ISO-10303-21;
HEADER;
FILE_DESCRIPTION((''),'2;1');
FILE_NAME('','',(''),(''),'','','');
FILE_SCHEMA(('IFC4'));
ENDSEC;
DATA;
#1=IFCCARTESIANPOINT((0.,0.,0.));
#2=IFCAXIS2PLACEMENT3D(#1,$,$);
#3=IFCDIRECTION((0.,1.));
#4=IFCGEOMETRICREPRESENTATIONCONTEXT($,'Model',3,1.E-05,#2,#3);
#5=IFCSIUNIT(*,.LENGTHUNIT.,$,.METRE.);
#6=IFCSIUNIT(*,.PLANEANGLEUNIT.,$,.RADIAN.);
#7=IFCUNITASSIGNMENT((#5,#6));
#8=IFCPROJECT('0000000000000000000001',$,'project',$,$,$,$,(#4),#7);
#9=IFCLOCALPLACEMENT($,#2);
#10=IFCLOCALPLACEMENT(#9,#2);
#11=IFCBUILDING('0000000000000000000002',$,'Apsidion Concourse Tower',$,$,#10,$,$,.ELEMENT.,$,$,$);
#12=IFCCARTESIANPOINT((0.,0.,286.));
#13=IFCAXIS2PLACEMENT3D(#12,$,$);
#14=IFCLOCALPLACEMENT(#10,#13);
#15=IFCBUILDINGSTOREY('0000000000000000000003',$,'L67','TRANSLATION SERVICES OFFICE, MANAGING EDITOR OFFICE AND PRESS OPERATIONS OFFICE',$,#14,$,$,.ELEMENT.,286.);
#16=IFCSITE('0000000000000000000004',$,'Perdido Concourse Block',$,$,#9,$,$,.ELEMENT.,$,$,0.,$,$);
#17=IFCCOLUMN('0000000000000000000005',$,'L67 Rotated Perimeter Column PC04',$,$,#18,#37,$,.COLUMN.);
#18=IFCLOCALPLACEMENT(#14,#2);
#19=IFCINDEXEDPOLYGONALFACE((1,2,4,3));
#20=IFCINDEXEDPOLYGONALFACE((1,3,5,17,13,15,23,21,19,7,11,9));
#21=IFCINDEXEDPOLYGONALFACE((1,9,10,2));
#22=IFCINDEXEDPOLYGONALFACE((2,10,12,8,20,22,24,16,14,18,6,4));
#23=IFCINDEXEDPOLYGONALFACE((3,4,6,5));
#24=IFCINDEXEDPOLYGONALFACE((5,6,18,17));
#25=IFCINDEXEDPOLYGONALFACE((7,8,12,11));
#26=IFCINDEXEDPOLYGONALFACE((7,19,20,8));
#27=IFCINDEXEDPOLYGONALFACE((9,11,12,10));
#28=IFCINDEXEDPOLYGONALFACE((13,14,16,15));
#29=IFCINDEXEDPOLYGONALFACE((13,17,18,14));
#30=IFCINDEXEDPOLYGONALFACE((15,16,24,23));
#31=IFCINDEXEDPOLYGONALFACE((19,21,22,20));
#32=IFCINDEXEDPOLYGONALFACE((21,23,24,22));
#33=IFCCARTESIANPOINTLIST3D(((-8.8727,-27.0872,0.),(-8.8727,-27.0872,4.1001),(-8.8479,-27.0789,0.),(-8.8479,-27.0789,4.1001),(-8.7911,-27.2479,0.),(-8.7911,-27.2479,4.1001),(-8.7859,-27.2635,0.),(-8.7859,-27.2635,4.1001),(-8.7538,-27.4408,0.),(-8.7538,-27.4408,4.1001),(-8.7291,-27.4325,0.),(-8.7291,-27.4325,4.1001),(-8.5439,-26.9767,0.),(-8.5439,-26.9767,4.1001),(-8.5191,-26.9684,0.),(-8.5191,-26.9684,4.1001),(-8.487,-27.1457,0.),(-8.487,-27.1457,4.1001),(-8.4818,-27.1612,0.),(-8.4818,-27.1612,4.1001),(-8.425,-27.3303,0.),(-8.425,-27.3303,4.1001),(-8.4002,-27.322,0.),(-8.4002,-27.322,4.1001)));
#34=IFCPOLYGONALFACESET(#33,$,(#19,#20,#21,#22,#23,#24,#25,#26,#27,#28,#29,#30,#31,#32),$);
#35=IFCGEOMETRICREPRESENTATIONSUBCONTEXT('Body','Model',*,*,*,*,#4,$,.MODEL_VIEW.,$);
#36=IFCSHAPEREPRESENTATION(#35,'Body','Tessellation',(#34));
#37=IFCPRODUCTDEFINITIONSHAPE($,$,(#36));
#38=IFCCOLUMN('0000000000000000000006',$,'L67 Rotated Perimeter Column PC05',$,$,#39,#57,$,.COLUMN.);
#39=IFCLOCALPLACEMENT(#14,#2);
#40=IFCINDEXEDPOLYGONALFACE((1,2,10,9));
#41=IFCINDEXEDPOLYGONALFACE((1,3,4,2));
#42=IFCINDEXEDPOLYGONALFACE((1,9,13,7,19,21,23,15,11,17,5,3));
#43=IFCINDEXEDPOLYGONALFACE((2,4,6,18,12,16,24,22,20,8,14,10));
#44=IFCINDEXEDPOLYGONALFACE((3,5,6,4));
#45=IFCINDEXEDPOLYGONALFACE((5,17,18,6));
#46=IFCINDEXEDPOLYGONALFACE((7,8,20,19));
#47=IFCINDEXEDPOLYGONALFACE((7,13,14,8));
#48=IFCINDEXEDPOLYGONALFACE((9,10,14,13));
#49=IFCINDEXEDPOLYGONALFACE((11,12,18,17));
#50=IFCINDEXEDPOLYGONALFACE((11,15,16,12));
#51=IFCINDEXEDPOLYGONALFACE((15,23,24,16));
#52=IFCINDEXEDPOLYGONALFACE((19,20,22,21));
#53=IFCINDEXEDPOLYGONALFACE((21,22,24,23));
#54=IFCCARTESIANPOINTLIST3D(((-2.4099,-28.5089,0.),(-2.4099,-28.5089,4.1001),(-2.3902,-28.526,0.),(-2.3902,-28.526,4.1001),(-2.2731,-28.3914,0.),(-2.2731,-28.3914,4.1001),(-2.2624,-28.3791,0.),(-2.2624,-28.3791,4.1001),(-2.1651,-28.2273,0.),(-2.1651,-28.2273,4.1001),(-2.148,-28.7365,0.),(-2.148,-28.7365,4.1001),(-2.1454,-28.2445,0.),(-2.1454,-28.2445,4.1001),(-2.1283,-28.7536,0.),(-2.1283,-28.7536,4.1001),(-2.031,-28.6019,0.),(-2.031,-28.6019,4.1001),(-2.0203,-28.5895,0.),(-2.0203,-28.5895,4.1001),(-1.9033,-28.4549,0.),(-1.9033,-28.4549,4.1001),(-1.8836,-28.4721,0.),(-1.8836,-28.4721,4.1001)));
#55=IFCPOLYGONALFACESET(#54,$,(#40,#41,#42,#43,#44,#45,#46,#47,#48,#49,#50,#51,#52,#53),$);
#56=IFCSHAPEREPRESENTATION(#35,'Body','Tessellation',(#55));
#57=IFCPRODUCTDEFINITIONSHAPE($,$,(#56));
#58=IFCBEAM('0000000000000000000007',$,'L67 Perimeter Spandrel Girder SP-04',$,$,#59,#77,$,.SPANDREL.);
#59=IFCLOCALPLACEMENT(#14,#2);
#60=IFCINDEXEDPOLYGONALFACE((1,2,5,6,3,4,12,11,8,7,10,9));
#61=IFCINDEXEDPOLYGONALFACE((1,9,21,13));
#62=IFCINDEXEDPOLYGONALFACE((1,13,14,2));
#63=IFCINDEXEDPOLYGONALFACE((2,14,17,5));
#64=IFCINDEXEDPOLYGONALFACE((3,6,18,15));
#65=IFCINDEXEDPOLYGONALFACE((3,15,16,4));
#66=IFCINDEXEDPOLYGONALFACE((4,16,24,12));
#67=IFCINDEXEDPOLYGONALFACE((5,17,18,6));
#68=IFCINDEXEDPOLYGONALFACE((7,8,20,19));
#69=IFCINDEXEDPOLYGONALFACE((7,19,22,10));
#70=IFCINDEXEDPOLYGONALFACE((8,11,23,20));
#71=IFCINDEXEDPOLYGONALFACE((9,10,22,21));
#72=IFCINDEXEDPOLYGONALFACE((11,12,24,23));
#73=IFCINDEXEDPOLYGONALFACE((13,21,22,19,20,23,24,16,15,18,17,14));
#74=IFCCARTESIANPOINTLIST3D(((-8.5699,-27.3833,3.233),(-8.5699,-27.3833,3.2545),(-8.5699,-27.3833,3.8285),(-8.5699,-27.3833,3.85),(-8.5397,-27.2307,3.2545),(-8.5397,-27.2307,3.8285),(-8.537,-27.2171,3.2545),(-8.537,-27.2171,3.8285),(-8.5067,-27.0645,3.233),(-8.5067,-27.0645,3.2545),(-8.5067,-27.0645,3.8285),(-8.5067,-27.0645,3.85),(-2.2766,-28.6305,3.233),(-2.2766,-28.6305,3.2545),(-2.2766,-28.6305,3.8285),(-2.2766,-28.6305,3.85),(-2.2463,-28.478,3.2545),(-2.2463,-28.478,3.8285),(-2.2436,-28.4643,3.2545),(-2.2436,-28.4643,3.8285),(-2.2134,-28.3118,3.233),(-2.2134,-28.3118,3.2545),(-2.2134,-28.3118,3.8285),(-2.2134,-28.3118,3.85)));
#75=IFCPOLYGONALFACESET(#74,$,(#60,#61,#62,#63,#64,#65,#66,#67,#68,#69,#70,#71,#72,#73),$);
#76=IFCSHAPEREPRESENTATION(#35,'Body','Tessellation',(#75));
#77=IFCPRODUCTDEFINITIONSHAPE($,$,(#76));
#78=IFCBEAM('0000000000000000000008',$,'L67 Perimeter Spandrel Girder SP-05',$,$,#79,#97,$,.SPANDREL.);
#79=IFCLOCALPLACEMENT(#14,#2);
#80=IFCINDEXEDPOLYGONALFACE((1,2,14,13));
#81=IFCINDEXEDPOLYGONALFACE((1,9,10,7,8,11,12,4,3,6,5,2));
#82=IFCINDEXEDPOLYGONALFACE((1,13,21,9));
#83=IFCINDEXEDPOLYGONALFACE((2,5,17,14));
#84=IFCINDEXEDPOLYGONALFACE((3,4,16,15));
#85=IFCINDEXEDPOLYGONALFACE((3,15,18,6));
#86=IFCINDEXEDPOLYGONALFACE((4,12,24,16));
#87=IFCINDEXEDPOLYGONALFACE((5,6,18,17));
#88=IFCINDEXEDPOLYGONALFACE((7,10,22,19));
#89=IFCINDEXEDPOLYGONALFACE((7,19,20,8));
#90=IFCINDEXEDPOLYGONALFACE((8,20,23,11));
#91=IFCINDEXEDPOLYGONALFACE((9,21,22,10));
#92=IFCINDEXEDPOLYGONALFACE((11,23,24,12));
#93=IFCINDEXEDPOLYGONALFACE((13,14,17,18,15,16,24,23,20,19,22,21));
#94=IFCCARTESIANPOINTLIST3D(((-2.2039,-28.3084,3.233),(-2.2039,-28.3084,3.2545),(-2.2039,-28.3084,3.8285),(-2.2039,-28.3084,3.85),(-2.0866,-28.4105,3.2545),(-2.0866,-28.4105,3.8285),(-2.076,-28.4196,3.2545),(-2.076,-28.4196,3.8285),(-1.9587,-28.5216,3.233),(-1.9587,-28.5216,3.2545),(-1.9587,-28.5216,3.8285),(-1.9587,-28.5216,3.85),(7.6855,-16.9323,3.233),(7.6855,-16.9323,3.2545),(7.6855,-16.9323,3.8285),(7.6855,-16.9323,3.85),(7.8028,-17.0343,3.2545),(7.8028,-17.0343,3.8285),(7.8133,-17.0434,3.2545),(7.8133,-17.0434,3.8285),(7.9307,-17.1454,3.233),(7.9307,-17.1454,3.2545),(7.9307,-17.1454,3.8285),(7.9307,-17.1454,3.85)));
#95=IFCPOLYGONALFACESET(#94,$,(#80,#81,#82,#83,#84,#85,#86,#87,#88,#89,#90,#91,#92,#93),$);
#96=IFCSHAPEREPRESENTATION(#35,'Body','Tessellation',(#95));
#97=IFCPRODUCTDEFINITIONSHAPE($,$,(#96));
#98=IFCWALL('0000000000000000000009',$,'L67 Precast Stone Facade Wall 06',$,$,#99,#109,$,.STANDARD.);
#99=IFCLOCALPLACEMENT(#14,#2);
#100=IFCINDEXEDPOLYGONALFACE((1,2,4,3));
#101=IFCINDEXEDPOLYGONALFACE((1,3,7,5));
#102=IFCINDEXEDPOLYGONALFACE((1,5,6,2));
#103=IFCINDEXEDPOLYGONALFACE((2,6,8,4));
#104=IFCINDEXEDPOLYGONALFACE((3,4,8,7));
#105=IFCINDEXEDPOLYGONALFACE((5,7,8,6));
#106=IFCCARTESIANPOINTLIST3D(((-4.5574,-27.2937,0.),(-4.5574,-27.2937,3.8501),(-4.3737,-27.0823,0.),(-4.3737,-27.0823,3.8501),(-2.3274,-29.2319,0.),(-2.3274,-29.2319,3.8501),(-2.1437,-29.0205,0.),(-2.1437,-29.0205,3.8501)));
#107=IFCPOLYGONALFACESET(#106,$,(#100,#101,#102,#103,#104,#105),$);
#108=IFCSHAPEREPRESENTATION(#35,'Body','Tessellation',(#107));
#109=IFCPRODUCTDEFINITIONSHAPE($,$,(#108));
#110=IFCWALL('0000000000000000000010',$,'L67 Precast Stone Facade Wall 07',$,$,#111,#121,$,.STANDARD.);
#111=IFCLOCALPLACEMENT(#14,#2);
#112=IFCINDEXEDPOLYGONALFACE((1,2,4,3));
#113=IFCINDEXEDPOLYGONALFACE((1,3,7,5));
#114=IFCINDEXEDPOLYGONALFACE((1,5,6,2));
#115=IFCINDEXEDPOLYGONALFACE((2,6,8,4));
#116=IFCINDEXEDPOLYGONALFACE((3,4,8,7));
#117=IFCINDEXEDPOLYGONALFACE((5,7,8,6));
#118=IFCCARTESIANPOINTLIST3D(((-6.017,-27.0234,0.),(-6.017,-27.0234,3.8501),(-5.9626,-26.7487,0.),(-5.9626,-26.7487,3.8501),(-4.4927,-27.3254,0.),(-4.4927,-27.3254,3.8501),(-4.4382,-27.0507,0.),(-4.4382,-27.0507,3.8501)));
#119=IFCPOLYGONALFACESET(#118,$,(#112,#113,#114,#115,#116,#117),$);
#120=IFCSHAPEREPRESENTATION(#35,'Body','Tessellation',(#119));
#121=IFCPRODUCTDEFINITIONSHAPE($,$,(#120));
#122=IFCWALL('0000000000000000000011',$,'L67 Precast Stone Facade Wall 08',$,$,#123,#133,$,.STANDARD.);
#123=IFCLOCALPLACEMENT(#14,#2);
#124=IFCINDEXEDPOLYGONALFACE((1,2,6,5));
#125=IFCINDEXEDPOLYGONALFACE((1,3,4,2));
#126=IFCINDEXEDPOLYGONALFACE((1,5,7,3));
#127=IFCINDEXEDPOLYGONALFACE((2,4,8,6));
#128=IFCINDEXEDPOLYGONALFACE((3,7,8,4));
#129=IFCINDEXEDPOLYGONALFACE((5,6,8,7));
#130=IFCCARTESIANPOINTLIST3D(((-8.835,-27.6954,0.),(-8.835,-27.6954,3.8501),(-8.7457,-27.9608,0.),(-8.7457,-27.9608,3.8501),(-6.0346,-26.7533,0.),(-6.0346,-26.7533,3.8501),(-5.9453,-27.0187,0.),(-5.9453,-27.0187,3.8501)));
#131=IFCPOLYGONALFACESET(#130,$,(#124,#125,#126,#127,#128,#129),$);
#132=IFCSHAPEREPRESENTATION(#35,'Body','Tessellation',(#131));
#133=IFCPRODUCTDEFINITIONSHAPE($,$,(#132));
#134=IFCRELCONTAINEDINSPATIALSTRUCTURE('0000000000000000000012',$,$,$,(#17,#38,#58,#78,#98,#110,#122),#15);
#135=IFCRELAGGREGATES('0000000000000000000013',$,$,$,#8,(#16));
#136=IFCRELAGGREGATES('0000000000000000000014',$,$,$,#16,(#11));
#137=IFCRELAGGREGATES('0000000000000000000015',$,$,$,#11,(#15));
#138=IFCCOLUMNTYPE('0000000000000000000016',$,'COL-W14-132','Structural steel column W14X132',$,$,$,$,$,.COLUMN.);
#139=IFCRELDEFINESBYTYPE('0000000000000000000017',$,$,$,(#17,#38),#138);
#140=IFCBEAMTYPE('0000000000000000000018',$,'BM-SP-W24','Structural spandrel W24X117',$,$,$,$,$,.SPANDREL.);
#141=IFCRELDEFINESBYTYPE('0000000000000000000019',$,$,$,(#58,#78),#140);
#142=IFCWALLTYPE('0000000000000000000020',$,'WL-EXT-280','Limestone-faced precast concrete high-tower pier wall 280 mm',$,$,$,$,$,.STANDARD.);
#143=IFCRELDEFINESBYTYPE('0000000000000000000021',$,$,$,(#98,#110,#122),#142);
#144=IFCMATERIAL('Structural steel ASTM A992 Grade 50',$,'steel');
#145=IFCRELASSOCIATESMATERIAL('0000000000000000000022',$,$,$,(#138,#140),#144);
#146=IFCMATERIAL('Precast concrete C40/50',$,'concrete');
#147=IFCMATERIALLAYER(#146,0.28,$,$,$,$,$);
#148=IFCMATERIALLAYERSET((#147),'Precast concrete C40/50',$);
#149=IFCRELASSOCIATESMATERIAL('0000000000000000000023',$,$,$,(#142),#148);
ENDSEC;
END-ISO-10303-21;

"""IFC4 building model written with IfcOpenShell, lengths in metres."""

from ifc_helpers import new_model, si_unit, direction, frame, frame_2d, origin, origin_2d, place, context, subcontext, project, spatial, rectangle, i_section, extrude, material, layer, layer_set, material_profile, profile_set, type_object, element, save


model = new_model("IFC4")

# Units and contexts
model_context = context("Model", 3, precision=1e-05, world=origin(), true_north=direction((0.0, 1.0)))
body_context = subcontext(model_context, "Body", "Model", "MODEL_VIEW")
ifc_project = project(units=[si_unit("LENGTHUNIT", "METRE"), si_unit("PLANEANGLEUNIT", "RADIAN")], contexts=[model_context])

# Site, building, storey
site_placement = place(None, origin())
site = spatial("IfcSite", under=ifc_project, at=site_placement, Name="Perdido Concourse Block", CompositionType="ELEMENT", RefElevation=0.0)
building_placement = place(site_placement, origin())
building = spatial("IfcBuilding", under=site, at=building_placement, Name="Apsidion Concourse Tower", CompositionType="ELEMENT")
storey_placement = place(building_placement, frame((0.0, 0.0, 286.0)))
storey = spatial("IfcBuildingStorey", under=building, at=storey_placement, Name="L67", Description="TRANSLATION SERVICES OFFICE, MANAGING EDITOR OFFICE AND PRESS OPERATIONS OFFICE", CompositionType="ELEMENT", Elevation=286.0)

# Columns
ifc_material_1 = material(Name="Structural steel ASTM A992 Grade 50", Category="steel")
ifc_material_profile_1 = material_profile(ifc_material_1, i_section(OverallWidth=0.373, OverallDepth=0.373, WebThickness=0.0164, FlangeThickness=0.0261, at=origin_2d()), Name="W14X132")
ifc_profile_set_1 = profile_set([ifc_material_profile_1], Name="Structural steel ASTM A992 Grade 50")
column_type = type_object("IfcColumnType", Name="COL-W14-132", Description="Structural steel column W14X132", PredefinedType="COLUMN", material=ifc_profile_set_1)
for number, where, z_axis, x_axis, name in (
    (1, (-8.6365, -27.2046, 0.0), (0.0, 0.0, 1.0), (-0.318628, 0.94788, 0.0), "L67 Rotated Perimeter Column PC04"),
    (2, (-2.1467, -28.4905, 0.0), (0.0, 0.0, 1.0), (0.656059, 0.75471, 0.0), "L67 Rotated Perimeter Column PC05"),
):
    element("IfcColumn", number, at=place(storey_placement, frame(where, z_axis=z_axis, x_axis=x_axis)), inside=storey, type_object=column_type, Name=name, PredefinedType="COLUMN", context=body_context, shape_type="SweptSolid", body=[
        extrude(i_section(OverallWidth=0.373, OverallDepth=0.373, WebThickness=0.0164, FlangeThickness=0.0261, at=origin_2d()), origin(), (0.0, 0.0, 1.0), 4.1001),
    ])

# Beams
ifc_material_profile_2 = material_profile(ifc_material_1, i_section(OverallWidth=0.325, OverallDepth=0.6169, WebThickness=0.0139, FlangeThickness=0.0215, at=origin_2d()), Name="W24X117")
ifc_profile_set_2 = profile_set([ifc_material_profile_2], Name="Structural steel ASTM A992 Grade 50")
beam_type = type_object("IfcBeamType", Name="BM-SP-W24", Description="Structural spandrel W24X117", PredefinedType="SPANDREL", material=ifc_profile_set_2)
beam_1_placement = place(storey_placement, frame((-8.5383, -27.2239, 3.5415), z_axis=(0.98092, -0.194411, 0.0), x_axis=(0.194411, 0.98092, 0.0)))
element("IfcBeam", 3, at=beam_1_placement, inside=storey, type_object=beam_type, Name="L67 Perimeter Spandrel Girder SP-04", PredefinedType="SPANDREL", context=body_context, shape_type="SweptSolid", body=[
    extrude(i_section(OverallWidth=0.325, OverallDepth=0.6169, WebThickness=0.0139, FlangeThickness=0.0215, at=origin_2d()), origin(), (0.0, 0.0, 1.0), 6.4158),
])
beam_2_placement = place(storey_placement, frame((-2.0813, -28.415, 3.5415), z_axis=(0.656067, 0.754703, 0.0), x_axis=(-0.754703, 0.656067, 0.0)))
element("IfcBeam", 4, at=beam_2_placement, inside=storey, type_object=beam_type, Name="L67 Perimeter Spandrel Girder SP-05", PredefinedType="SPANDREL", context=body_context, shape_type="SweptSolid", body=[
    extrude(i_section(OverallWidth=0.325, OverallDepth=0.6169, WebThickness=0.0139, FlangeThickness=0.0215, at=origin_2d()), origin(), (0.0, 0.0, 1.0), 15.0737),
])

# Walls
ifc_material_2 = material(Name="Precast concrete C40/50", Category="concrete")
ifc_layer_1 = layer(ifc_material_2, 0.28)
ifc_layer_set_1 = layer_set([ifc_layer_1], Name="Precast concrete C40/50")
wall_type_1 = type_object("IfcWallType", Name="WL-EXT-280", Description="Limestone-faced precast concrete high-tower pier wall 280 mm", PredefinedType="STANDARD", material=ifc_layer_set_1)
wall_1_placement = place(storey_placement, frame((-2.2356, -29.1262, 0.0), z_axis=(0.0, 0.0, 1.0), x_axis=(-0.754753, 0.656009, 0.0)))
element("IfcWall", 5, at=wall_1_placement, inside=storey, type_object=wall_type_1, Name="L67 Precast Stone Facade Wall 06", PredefinedType="STANDARD", context=body_context, shape_type="SweptSolid", body=[
    extrude(rectangle(XDim=2.9546, YDim=0.28, at=frame_2d((1.4773, 0.0))), origin(), (0.0, 0.0, 1.0), 3.8501),
])
wall_2_placement = place(storey_placement, frame((-4.4656, -27.188, 0.0), z_axis=(0.0, 0.0, 1.0), x_axis=(-0.980936, 0.194333, 0.0)))
element("IfcWall", 6, at=wall_2_placement, inside=storey, type_object=wall_type_1, Name="L67 Precast Stone Facade Wall 07", PredefinedType="STANDARD", context=body_context, shape_type="SweptSolid", body=[
    extrude(rectangle(XDim=1.554, YDim=0.28, at=frame_2d((0.7769, 0.0))), origin(), (0.0, 0.0, 1.0), 3.8501),
])
wall_3_placement = place(storey_placement, frame((-5.99, -26.886, 0.0), z_axis=(0.0, 0.0, 1.0), x_axis=(-0.947795, -0.318879, 0.0)))
element("IfcWall", 7, at=wall_3_placement, inside=storey, type_object=wall_type_1, Name="L67 Precast Stone Facade Wall 08", PredefinedType="STANDARD", context=body_context, shape_type="SweptSolid", body=[
    extrude(rectangle(XDim=2.9546, YDim=0.28, at=frame_2d((1.4773, 0.0))), origin(), (0.0, 0.0, 1.0), 3.8501),
])

save(model, "model.ifc")
